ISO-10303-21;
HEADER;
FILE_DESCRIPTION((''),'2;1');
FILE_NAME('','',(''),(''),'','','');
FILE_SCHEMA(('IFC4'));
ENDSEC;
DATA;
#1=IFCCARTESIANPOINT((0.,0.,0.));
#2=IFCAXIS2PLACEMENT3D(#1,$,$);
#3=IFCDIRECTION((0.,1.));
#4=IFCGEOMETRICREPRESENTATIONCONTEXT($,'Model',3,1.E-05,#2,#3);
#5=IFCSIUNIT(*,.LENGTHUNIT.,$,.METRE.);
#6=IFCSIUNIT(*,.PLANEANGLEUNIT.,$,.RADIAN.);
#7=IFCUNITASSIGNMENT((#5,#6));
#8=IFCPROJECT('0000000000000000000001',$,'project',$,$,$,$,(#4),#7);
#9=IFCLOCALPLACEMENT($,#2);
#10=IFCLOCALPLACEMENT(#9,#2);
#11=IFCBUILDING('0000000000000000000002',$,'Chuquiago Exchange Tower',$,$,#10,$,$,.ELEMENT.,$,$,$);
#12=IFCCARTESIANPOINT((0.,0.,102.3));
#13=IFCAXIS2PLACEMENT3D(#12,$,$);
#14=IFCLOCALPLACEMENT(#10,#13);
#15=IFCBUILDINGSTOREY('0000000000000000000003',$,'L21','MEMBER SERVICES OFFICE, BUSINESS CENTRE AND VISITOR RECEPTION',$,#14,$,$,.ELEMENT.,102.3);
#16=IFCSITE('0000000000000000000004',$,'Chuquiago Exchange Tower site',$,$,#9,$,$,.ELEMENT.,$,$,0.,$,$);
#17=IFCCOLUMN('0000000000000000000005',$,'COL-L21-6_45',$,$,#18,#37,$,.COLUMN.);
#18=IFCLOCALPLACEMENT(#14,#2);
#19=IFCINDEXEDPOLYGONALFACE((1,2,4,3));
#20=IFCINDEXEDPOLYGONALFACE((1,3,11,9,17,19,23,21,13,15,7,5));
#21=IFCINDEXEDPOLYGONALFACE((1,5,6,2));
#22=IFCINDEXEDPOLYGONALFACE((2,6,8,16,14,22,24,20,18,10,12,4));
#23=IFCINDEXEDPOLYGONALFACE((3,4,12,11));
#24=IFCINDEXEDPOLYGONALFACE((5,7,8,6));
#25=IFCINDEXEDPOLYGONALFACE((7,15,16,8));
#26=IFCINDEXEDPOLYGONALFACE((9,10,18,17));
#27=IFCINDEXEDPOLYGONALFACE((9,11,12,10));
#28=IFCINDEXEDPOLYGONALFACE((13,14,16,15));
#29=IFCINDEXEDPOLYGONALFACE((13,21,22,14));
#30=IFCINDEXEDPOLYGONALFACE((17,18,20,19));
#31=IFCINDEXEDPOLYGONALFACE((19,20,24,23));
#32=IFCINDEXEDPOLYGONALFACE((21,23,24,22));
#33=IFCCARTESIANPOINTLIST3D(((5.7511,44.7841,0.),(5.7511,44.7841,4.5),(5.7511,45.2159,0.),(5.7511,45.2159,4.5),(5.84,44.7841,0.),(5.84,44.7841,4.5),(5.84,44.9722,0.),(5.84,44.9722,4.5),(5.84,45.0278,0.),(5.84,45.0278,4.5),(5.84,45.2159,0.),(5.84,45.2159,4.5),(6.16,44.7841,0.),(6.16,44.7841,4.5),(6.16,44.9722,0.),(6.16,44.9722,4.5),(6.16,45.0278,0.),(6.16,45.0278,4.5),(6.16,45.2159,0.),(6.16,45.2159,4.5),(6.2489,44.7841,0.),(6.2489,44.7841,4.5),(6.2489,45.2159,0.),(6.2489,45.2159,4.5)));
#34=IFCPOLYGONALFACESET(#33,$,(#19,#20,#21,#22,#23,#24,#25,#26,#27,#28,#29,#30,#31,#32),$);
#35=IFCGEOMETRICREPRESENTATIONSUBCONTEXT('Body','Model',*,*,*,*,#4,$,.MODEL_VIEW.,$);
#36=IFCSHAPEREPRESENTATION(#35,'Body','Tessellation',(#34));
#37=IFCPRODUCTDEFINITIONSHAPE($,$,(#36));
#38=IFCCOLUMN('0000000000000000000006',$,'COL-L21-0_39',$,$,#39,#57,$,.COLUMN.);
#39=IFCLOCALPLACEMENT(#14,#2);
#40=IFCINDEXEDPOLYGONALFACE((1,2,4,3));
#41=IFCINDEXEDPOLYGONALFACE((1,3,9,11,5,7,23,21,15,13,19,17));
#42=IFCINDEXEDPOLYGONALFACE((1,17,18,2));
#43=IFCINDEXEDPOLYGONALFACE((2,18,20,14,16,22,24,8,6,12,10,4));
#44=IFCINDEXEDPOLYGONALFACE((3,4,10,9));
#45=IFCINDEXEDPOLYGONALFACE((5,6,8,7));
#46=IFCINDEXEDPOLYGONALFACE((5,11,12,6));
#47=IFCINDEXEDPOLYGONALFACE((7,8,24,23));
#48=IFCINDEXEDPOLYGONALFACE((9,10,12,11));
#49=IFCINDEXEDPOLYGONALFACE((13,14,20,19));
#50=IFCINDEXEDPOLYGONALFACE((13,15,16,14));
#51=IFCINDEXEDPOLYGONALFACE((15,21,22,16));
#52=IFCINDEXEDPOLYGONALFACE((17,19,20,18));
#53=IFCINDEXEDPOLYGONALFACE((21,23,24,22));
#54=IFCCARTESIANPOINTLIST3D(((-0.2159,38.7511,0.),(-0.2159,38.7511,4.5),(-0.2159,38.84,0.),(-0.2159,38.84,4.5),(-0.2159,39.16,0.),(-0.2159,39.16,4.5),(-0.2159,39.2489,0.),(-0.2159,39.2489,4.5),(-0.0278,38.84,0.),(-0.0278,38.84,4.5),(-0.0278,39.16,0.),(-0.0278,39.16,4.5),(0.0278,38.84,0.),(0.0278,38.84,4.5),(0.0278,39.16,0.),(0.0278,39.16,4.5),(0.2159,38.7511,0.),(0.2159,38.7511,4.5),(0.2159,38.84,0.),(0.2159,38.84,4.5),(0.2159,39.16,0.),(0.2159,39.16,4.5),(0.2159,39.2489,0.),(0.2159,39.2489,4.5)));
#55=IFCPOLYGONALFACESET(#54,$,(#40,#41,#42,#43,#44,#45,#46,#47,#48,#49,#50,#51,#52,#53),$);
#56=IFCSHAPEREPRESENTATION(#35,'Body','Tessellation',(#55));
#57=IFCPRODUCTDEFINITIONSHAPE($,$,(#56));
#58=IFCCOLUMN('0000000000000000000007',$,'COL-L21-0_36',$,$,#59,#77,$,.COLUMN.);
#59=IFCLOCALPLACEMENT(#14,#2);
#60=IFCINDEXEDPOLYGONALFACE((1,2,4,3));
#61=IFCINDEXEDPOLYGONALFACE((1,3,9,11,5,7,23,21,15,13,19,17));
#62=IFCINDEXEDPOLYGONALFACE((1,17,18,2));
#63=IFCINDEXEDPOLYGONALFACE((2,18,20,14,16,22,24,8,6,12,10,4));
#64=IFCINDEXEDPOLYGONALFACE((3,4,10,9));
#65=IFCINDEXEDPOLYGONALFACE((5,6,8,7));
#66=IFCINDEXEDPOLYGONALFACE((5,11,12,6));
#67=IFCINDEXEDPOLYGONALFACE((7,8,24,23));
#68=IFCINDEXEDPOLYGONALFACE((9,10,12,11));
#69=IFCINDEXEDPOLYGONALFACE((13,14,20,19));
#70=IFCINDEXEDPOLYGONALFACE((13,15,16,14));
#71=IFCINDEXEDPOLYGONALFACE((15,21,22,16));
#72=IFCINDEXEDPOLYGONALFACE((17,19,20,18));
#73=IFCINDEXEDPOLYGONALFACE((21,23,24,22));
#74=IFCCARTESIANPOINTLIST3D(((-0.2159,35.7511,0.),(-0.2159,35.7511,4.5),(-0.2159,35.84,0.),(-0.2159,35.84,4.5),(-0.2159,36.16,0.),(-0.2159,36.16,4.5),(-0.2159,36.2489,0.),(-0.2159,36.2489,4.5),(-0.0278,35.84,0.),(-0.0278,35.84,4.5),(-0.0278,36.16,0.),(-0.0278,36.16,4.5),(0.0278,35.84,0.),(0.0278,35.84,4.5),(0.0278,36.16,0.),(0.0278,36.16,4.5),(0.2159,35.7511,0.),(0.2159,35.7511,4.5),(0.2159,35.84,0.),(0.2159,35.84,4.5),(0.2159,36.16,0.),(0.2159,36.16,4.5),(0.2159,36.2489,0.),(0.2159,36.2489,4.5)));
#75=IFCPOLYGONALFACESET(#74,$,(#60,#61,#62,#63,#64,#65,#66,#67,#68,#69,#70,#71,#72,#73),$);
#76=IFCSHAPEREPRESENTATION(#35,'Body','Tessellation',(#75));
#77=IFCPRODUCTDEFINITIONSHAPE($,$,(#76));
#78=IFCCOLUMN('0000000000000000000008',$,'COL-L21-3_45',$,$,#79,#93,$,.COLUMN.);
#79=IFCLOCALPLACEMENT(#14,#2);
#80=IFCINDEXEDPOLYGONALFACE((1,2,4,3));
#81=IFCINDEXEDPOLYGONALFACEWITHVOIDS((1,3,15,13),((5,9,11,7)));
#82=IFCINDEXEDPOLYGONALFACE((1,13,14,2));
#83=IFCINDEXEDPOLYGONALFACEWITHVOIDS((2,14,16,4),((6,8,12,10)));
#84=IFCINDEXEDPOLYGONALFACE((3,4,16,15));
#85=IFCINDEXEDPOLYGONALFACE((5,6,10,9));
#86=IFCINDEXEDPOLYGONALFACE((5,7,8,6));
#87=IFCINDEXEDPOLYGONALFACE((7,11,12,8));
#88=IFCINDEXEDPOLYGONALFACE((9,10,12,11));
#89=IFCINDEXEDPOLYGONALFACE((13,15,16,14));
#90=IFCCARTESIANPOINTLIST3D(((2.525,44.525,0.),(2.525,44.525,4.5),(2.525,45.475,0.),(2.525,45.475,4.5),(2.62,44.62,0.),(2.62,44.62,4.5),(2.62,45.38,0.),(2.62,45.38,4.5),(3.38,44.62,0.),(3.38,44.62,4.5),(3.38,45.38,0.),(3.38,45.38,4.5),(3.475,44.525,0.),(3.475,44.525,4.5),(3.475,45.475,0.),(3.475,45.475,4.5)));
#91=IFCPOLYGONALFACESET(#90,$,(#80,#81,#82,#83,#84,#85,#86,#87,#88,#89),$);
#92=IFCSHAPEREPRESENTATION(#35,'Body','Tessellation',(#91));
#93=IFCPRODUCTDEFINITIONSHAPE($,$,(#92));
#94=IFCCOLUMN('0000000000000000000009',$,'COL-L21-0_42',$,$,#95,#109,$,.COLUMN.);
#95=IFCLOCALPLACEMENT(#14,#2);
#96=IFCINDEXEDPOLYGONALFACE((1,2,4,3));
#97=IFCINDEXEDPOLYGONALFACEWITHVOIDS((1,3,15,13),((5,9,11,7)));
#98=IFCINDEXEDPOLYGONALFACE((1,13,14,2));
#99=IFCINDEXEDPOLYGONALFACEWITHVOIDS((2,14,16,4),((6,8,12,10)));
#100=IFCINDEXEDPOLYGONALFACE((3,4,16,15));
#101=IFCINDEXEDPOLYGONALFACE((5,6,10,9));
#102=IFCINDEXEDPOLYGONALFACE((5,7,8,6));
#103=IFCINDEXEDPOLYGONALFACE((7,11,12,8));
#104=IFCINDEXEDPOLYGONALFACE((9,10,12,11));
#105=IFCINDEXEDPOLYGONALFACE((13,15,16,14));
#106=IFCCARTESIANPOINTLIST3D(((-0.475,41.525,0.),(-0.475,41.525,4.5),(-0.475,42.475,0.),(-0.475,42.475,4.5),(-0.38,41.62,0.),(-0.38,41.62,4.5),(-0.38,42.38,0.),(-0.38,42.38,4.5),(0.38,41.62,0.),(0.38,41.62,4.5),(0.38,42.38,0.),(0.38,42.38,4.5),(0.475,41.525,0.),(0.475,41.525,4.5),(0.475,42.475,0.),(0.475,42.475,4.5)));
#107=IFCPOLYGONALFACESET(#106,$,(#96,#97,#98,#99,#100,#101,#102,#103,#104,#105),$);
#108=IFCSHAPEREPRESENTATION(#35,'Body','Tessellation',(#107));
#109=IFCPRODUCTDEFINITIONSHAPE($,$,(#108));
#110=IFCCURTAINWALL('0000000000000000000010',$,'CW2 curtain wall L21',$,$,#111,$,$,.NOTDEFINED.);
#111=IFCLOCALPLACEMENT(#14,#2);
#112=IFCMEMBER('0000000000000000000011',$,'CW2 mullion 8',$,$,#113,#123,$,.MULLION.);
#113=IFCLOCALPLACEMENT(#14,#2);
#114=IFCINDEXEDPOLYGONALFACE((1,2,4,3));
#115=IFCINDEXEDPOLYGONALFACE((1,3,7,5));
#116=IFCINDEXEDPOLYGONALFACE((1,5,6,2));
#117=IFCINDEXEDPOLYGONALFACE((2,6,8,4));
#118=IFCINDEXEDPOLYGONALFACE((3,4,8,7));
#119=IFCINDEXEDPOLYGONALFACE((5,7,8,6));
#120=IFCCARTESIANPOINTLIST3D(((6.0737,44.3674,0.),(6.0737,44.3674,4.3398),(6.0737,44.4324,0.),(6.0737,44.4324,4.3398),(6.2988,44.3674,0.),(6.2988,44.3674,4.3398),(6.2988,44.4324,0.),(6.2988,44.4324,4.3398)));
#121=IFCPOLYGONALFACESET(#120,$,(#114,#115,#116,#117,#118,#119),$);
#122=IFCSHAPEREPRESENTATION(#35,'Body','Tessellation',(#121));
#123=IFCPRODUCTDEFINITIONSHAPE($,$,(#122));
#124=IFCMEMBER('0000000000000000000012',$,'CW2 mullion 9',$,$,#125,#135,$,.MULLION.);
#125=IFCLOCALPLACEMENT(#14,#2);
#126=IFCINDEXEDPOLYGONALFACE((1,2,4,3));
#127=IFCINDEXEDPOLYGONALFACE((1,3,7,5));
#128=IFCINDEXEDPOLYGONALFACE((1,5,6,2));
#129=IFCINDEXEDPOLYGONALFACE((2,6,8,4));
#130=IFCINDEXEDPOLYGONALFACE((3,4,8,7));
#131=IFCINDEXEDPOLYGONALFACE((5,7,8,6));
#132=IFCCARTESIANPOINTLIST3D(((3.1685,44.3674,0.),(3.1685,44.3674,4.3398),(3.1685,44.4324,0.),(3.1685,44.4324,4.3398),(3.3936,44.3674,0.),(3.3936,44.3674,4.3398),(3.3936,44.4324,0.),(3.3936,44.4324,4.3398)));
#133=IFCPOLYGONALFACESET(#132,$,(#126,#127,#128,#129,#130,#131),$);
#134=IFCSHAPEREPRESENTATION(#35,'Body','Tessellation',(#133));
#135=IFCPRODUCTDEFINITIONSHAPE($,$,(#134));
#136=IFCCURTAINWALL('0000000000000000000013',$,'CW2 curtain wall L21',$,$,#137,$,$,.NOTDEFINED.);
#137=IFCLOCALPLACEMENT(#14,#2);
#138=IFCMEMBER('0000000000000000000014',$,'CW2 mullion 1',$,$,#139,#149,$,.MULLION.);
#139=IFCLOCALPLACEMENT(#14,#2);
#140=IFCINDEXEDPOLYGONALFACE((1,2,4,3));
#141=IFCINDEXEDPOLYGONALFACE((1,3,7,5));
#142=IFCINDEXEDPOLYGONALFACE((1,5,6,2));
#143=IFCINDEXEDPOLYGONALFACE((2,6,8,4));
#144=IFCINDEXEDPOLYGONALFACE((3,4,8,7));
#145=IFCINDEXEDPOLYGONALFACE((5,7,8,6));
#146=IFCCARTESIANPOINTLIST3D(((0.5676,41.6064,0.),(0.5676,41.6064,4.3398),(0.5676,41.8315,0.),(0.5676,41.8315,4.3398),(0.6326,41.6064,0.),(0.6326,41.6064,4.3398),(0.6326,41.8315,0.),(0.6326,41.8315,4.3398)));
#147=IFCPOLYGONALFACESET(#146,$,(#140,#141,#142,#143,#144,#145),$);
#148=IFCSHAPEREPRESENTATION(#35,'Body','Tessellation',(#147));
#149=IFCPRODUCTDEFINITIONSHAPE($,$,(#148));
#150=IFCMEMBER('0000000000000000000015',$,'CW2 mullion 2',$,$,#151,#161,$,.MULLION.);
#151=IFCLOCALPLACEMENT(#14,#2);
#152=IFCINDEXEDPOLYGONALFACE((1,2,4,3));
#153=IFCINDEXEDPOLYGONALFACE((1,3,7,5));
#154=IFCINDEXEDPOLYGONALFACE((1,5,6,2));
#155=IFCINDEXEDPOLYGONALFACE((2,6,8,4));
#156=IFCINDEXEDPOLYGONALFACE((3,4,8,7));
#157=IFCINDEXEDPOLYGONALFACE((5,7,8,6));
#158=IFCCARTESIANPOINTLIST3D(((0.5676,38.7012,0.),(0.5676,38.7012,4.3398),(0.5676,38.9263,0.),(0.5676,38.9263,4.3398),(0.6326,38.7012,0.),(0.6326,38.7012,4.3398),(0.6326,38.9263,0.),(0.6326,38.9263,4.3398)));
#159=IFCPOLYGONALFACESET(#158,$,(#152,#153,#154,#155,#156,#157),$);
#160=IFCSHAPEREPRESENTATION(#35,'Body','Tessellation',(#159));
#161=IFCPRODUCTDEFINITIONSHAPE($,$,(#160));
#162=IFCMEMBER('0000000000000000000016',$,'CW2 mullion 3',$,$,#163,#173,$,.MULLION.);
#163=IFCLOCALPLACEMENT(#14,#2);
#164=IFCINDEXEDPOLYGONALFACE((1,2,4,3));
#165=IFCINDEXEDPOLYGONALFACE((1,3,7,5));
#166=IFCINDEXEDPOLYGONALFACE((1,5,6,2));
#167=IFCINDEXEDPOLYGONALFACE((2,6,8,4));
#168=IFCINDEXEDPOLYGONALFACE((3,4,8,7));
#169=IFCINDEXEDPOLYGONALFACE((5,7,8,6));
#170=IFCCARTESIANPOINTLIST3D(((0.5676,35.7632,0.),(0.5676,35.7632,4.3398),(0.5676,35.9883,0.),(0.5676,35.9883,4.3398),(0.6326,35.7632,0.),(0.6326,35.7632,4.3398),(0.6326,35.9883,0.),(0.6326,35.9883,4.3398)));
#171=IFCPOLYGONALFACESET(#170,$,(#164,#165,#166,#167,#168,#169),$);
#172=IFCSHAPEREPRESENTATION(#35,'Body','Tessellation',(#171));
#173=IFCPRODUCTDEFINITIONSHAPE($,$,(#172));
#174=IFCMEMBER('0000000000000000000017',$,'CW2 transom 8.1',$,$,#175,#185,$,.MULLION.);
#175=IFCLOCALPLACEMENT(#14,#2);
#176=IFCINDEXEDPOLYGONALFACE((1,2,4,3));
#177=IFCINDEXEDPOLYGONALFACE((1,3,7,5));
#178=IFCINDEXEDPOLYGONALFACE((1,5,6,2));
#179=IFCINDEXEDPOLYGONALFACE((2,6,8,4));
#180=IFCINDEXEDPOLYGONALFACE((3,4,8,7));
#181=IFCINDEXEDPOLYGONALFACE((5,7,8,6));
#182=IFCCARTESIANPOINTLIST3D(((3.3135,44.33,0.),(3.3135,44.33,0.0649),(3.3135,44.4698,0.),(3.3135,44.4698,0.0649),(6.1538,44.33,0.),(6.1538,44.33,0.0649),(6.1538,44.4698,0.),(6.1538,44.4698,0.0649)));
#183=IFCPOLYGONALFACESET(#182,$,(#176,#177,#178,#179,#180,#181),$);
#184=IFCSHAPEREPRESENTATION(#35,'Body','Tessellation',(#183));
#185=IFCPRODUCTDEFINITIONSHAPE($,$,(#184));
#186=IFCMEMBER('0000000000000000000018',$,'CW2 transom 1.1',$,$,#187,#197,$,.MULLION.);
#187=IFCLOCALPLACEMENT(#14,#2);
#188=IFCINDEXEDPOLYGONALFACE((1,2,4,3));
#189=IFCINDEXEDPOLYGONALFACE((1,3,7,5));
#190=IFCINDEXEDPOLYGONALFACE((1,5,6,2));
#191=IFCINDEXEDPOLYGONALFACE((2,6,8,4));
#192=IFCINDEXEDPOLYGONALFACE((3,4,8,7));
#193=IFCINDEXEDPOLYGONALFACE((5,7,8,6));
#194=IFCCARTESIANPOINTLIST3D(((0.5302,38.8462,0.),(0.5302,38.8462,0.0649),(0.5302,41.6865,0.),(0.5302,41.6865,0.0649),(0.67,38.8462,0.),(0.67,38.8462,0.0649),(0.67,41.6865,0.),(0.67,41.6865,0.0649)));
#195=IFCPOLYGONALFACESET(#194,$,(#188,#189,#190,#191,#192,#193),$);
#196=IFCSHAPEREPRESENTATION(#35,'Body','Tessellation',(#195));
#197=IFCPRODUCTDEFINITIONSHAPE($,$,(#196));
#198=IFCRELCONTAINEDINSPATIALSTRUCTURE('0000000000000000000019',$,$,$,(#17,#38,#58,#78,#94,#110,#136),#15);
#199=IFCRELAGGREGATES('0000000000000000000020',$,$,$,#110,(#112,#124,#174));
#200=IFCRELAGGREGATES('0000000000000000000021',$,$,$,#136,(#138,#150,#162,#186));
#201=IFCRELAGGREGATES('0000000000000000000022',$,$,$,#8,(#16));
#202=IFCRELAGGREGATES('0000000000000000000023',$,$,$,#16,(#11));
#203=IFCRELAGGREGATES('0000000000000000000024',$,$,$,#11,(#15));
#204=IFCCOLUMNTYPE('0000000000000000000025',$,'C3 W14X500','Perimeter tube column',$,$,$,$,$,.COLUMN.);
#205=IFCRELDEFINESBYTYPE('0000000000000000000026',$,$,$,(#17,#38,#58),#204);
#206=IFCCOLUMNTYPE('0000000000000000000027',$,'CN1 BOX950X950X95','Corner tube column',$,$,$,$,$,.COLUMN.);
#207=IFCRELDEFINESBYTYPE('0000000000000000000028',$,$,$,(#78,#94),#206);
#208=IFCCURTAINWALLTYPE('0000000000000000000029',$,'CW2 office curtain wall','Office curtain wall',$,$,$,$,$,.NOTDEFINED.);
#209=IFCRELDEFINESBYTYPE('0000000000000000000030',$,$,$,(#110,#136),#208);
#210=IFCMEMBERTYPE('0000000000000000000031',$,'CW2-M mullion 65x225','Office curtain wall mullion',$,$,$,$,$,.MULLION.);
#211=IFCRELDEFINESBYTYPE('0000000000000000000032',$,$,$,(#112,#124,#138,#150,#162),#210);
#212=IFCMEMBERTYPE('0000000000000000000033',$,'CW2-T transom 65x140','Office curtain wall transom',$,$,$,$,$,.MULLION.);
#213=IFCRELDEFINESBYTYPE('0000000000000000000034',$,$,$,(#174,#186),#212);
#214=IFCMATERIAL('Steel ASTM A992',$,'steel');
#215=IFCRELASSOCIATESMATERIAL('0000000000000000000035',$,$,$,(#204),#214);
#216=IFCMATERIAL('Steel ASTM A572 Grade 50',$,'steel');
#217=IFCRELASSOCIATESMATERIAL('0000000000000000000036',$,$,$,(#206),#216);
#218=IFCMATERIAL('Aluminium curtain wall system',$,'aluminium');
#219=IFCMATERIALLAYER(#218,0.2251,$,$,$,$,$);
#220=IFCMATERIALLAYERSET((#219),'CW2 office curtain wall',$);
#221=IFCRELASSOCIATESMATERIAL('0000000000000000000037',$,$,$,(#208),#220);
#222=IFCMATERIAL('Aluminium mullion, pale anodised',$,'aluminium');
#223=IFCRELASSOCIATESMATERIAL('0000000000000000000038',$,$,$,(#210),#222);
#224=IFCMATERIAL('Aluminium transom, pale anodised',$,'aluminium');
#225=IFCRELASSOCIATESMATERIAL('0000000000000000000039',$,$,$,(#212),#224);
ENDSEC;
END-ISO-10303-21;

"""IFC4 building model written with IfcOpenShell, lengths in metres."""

from ifc_helpers import new_model, si_unit, direction, frame, origin, origin_2d, place, context, subcontext, project, spatial, rectangle, hollow_rectangle, i_section, extrude, material, layer, layer_set, material_profile, profile_set, type_object, element, aggregate, save


model = new_model("IFC4")

# Units and contexts
model_context = context("Model", 3, precision=1e-05, world=origin(), true_north=direction((0.0, 1.0)))
body_context = subcontext(model_context, "Body", "Model", "MODEL_VIEW")
ifc_project = project(units=[si_unit("LENGTHUNIT", "METRE"), si_unit("PLANEANGLEUNIT", "RADIAN")], contexts=[model_context])

# Site, building, storey
site_placement = place(None, origin())
site = spatial("IfcSite", under=ifc_project, at=site_placement, Name="Chuquiago Exchange Tower site", CompositionType="ELEMENT", RefElevation=0.0)
building_placement = place(site_placement, origin())
building = spatial("IfcBuilding", under=site, at=building_placement, Name="Chuquiago Exchange Tower", CompositionType="ELEMENT")
storey_placement = place(building_placement, frame((0.0, 0.0, 102.3)))
storey = spatial("IfcBuildingStorey", under=building, at=storey_placement, Name="L21", Description="MEMBER SERVICES OFFICE, BUSINESS CENTRE AND VISITOR RECEPTION", CompositionType="ELEMENT", Elevation=102.3)

# Columns
ifc_material_1 = material(Name="Steel ASTM A992", Category="steel")
ifc_material_profile_1 = material_profile(ifc_material_1, i_section(OverallWidth=0.4319, OverallDepth=0.4978, WebThickness=0.0557, FlangeThickness=0.0889, at=origin_2d()), Name="W14X500")
ifc_profile_set_1 = profile_set([ifc_material_profile_1], Name="Steel ASTM A992")
column_type_1 = type_object("IfcColumnType", Name="C3 W14X500", Description="Perimeter tube column", PredefinedType="COLUMN", material=ifc_profile_set_1)
for number, where, z_axis, x_axis, name in (
    (1, (6.0, 45.0, 0.0), (0.0, 0.0, 1.0), (0.0, 1.0, 0.0), "COL-L21-6_45"),
    (2, (0.0, 39.0, 0.0), (0.0, 0.0, 1.0), (-1.0, 0.0, 0.0), "COL-L21-0_39"),
    (3, (0.0, 36.0, 0.0), (0.0, 0.0, 1.0), (-1.0, 0.0, 0.0), "COL-L21-0_36"),
):
    element("IfcColumn", number, at=place(storey_placement, frame(where, z_axis=z_axis, x_axis=x_axis)), inside=storey, type_object=column_type_1, Name=name, PredefinedType="COLUMN", context=body_context, shape_type="SweptSolid", body=[
        extrude(i_section(OverallWidth=0.4319, OverallDepth=0.4978, WebThickness=0.0557, FlangeThickness=0.0889, at=origin_2d()), origin(), (0.0, 0.0, 1.0), 4.5),
    ])
ifc_material_2 = material(Name="Steel ASTM A572 Grade 50", Category="steel")
ifc_material_profile_2 = material_profile(ifc_material_2, hollow_rectangle(XDim=0.95, YDim=0.95, WallThickness=0.095, at=origin_2d()), Name="BOX950X950X95")
ifc_profile_set_2 = profile_set([ifc_material_profile_2], Name="Steel ASTM A572 Grade 50")
column_type_2 = type_object("IfcColumnType", Name="CN1 BOX950X950X95", Description="Corner tube column", PredefinedType="COLUMN", material=ifc_profile_set_2)
for number, where, z_axis, x_axis, name in (
    (4, (3.0, 45.0, 0.0), (0.0, 0.0, 1.0), (0.0, 1.0, 0.0), "COL-L21-3_45"),
    (5, (0.0, 42.0, 0.0), (0.0, 0.0, 1.0), (-1.0, 0.0, 0.0), "COL-L21-0_42"),
):
    element("IfcColumn", number, at=place(storey_placement, frame(where, z_axis=z_axis, x_axis=x_axis)), inside=storey, type_object=column_type_2, Name=name, PredefinedType="COLUMN", context=body_context, shape_type="SweptSolid", body=[
        extrude(hollow_rectangle(XDim=0.95, YDim=0.95, WallThickness=0.095, at=origin_2d()), origin(), (0.0, 0.0, 1.0), 4.5),
    ])

# Curtain walls, members
ifc_material_3 = material(Name="Aluminium curtain wall system", Category="aluminium")
ifc_layer_1 = layer(ifc_material_3, 0.2251)
ifc_layer_set_1 = layer_set([ifc_layer_1], Name="CW2 office curtain wall")
curtain_wall_type_1 = type_object("IfcCurtainWallType", Name="CW2 office curtain wall", Description="Office curtain wall", PredefinedType="NOTDEFINED", material=ifc_layer_set_1)
curtain_wall_1_placement = place(storey_placement, origin())
curtain_wall_1 = element("IfcCurtainWall", 6, at=curtain_wall_1_placement, inside=storey, type_object=curtain_wall_type_1, Name="CW2 curtain wall L21", PredefinedType="NOTDEFINED")
ifc_material_4 = material(Name="Aluminium mullion, pale anodised", Category="aluminium")
ifc_material_profile_3 = material_profile(ifc_material_4, rectangle(XDim=0.0649, YDim=0.2251, at=origin_2d()), Name="AL 65x225")
ifc_profile_set_3 = profile_set([ifc_material_profile_3], Name="Aluminium mullion, pale anodised")
member_type_1 = type_object("IfcMemberType", Name="CW2-M mullion 65x225", Description="Office curtain wall mullion", PredefinedType="MULLION", material=ifc_profile_set_3)
member_1_placement = place(storey_placement, frame((6.1863, 44.3999, 0.0), z_axis=(0.0, 0.0, 1.0), x_axis=(0.0, -1.0, 0.0)))
member_1 = element("IfcMember", 7, at=member_1_placement, type_object=member_type_1, Name="CW2 mullion 8", PredefinedType="MULLION", context=body_context, shape_type="SweptSolid", body=[
    extrude(rectangle(XDim=0.0649, YDim=0.2251, at=origin_2d()), origin(), (0.0, 0.0, 1.0), 4.3398),
])
member_2_placement = place(storey_placement, frame((3.281, 44.3999, 0.0), z_axis=(0.0, 0.0, 1.0), x_axis=(0.0, -1.0, 0.0)))
member_2 = element("IfcMember", 8, at=member_2_placement, type_object=member_type_1, Name="CW2 mullion 9", PredefinedType="MULLION", context=body_context, shape_type="SweptSolid", body=[
    extrude(rectangle(XDim=0.0649, YDim=0.2251, at=origin_2d()), origin(), (0.0, 0.0, 1.0), 4.3398),
])
curtain_wall_2_placement = place(storey_placement, origin())
curtain_wall_2 = element("IfcCurtainWall", 9, at=curtain_wall_2_placement, inside=storey, type_object=curtain_wall_type_1, Name="CW2 curtain wall L21", PredefinedType="NOTDEFINED")
member_3_placement = place(storey_placement, frame((0.6001, 41.719, 0.0), z_axis=(0.0, 0.0, 1.0), x_axis=(1.0, 0.0, 0.0)))
member_3 = element("IfcMember", 10, at=member_3_placement, type_object=member_type_1, Name="CW2 mullion 1", PredefinedType="MULLION", context=body_context, shape_type="SweptSolid", body=[
    extrude(rectangle(XDim=0.0649, YDim=0.2251, at=origin_2d()), origin(), (0.0, 0.0, 1.0), 4.3398),
])
member_4_placement = place(storey_placement, frame((0.6001, 38.8137, 0.0), z_axis=(0.0, 0.0, 1.0), x_axis=(1.0, 0.0, 0.0)))
member_4 = element("IfcMember", 11, at=member_4_placement, type_object=member_type_1, Name="CW2 mullion 2", PredefinedType="MULLION", context=body_context, shape_type="SweptSolid", body=[
    extrude(rectangle(XDim=0.0649, YDim=0.2251, at=origin_2d()), origin(), (0.0, 0.0, 1.0), 4.3398),
])
member_5_placement = place(storey_placement, frame((0.6001, 35.8757, 0.0), z_axis=(0.0, 0.0, 1.0), x_axis=(1.0, 0.0, 0.0)))
member_5 = element("IfcMember", 12, at=member_5_placement, type_object=member_type_1, Name="CW2 mullion 3", PredefinedType="MULLION", context=body_context, shape_type="SweptSolid", body=[
    extrude(rectangle(XDim=0.0649, YDim=0.2251, at=origin_2d()), origin(), (0.0, 0.0, 1.0), 4.3398),
])

# Members
ifc_material_5 = material(Name="Aluminium transom, pale anodised", Category="aluminium")
ifc_material_profile_4 = material_profile(ifc_material_5, rectangle(XDim=0.1399, YDim=0.0649, at=origin_2d()), Name="AL 140x65")
ifc_profile_set_4 = profile_set([ifc_material_profile_4], Name="Aluminium transom, pale anodised")
member_type_2 = type_object("IfcMemberType", Name="CW2-T transom 65x140", Description="Office curtain wall transom", PredefinedType="MULLION", material=ifc_profile_set_4)
member_6_placement = place(storey_placement, frame((6.1538, 44.3999, 0.0325), z_axis=(-1.0, 0.0, 0.0), x_axis=(0.0, -1.0, 0.0)))
member_6 = element("IfcMember", 13, at=member_6_placement, type_object=member_type_2, Name="CW2 transom 8.1", PredefinedType="MULLION", context=body_context, shape_type="SweptSolid", body=[
    extrude(rectangle(XDim=0.1399, YDim=0.0649, at=origin_2d()), origin(), (0.0, 0.0, 1.0), 2.8403),
])
member_7_placement = place(storey_placement, frame((0.6001, 41.6865, 0.0325), z_axis=(0.0, -1.0, 0.0), x_axis=(1.0, 0.0, 0.0)))
member_7 = element("IfcMember", 14, at=member_7_placement, type_object=member_type_2, Name="CW2 transom 1.1", PredefinedType="MULLION", context=body_context, shape_type="SweptSolid", body=[
    extrude(rectangle(XDim=0.1399, YDim=0.0649, at=origin_2d()), origin(), (0.0, 0.0, 1.0), 2.8403),
])

aggregate(curtain_wall_1, [member_1, member_2, member_6])
aggregate(curtain_wall_2, [member_3, member_4, member_5, member_7])

save(model, "model.ifc")
